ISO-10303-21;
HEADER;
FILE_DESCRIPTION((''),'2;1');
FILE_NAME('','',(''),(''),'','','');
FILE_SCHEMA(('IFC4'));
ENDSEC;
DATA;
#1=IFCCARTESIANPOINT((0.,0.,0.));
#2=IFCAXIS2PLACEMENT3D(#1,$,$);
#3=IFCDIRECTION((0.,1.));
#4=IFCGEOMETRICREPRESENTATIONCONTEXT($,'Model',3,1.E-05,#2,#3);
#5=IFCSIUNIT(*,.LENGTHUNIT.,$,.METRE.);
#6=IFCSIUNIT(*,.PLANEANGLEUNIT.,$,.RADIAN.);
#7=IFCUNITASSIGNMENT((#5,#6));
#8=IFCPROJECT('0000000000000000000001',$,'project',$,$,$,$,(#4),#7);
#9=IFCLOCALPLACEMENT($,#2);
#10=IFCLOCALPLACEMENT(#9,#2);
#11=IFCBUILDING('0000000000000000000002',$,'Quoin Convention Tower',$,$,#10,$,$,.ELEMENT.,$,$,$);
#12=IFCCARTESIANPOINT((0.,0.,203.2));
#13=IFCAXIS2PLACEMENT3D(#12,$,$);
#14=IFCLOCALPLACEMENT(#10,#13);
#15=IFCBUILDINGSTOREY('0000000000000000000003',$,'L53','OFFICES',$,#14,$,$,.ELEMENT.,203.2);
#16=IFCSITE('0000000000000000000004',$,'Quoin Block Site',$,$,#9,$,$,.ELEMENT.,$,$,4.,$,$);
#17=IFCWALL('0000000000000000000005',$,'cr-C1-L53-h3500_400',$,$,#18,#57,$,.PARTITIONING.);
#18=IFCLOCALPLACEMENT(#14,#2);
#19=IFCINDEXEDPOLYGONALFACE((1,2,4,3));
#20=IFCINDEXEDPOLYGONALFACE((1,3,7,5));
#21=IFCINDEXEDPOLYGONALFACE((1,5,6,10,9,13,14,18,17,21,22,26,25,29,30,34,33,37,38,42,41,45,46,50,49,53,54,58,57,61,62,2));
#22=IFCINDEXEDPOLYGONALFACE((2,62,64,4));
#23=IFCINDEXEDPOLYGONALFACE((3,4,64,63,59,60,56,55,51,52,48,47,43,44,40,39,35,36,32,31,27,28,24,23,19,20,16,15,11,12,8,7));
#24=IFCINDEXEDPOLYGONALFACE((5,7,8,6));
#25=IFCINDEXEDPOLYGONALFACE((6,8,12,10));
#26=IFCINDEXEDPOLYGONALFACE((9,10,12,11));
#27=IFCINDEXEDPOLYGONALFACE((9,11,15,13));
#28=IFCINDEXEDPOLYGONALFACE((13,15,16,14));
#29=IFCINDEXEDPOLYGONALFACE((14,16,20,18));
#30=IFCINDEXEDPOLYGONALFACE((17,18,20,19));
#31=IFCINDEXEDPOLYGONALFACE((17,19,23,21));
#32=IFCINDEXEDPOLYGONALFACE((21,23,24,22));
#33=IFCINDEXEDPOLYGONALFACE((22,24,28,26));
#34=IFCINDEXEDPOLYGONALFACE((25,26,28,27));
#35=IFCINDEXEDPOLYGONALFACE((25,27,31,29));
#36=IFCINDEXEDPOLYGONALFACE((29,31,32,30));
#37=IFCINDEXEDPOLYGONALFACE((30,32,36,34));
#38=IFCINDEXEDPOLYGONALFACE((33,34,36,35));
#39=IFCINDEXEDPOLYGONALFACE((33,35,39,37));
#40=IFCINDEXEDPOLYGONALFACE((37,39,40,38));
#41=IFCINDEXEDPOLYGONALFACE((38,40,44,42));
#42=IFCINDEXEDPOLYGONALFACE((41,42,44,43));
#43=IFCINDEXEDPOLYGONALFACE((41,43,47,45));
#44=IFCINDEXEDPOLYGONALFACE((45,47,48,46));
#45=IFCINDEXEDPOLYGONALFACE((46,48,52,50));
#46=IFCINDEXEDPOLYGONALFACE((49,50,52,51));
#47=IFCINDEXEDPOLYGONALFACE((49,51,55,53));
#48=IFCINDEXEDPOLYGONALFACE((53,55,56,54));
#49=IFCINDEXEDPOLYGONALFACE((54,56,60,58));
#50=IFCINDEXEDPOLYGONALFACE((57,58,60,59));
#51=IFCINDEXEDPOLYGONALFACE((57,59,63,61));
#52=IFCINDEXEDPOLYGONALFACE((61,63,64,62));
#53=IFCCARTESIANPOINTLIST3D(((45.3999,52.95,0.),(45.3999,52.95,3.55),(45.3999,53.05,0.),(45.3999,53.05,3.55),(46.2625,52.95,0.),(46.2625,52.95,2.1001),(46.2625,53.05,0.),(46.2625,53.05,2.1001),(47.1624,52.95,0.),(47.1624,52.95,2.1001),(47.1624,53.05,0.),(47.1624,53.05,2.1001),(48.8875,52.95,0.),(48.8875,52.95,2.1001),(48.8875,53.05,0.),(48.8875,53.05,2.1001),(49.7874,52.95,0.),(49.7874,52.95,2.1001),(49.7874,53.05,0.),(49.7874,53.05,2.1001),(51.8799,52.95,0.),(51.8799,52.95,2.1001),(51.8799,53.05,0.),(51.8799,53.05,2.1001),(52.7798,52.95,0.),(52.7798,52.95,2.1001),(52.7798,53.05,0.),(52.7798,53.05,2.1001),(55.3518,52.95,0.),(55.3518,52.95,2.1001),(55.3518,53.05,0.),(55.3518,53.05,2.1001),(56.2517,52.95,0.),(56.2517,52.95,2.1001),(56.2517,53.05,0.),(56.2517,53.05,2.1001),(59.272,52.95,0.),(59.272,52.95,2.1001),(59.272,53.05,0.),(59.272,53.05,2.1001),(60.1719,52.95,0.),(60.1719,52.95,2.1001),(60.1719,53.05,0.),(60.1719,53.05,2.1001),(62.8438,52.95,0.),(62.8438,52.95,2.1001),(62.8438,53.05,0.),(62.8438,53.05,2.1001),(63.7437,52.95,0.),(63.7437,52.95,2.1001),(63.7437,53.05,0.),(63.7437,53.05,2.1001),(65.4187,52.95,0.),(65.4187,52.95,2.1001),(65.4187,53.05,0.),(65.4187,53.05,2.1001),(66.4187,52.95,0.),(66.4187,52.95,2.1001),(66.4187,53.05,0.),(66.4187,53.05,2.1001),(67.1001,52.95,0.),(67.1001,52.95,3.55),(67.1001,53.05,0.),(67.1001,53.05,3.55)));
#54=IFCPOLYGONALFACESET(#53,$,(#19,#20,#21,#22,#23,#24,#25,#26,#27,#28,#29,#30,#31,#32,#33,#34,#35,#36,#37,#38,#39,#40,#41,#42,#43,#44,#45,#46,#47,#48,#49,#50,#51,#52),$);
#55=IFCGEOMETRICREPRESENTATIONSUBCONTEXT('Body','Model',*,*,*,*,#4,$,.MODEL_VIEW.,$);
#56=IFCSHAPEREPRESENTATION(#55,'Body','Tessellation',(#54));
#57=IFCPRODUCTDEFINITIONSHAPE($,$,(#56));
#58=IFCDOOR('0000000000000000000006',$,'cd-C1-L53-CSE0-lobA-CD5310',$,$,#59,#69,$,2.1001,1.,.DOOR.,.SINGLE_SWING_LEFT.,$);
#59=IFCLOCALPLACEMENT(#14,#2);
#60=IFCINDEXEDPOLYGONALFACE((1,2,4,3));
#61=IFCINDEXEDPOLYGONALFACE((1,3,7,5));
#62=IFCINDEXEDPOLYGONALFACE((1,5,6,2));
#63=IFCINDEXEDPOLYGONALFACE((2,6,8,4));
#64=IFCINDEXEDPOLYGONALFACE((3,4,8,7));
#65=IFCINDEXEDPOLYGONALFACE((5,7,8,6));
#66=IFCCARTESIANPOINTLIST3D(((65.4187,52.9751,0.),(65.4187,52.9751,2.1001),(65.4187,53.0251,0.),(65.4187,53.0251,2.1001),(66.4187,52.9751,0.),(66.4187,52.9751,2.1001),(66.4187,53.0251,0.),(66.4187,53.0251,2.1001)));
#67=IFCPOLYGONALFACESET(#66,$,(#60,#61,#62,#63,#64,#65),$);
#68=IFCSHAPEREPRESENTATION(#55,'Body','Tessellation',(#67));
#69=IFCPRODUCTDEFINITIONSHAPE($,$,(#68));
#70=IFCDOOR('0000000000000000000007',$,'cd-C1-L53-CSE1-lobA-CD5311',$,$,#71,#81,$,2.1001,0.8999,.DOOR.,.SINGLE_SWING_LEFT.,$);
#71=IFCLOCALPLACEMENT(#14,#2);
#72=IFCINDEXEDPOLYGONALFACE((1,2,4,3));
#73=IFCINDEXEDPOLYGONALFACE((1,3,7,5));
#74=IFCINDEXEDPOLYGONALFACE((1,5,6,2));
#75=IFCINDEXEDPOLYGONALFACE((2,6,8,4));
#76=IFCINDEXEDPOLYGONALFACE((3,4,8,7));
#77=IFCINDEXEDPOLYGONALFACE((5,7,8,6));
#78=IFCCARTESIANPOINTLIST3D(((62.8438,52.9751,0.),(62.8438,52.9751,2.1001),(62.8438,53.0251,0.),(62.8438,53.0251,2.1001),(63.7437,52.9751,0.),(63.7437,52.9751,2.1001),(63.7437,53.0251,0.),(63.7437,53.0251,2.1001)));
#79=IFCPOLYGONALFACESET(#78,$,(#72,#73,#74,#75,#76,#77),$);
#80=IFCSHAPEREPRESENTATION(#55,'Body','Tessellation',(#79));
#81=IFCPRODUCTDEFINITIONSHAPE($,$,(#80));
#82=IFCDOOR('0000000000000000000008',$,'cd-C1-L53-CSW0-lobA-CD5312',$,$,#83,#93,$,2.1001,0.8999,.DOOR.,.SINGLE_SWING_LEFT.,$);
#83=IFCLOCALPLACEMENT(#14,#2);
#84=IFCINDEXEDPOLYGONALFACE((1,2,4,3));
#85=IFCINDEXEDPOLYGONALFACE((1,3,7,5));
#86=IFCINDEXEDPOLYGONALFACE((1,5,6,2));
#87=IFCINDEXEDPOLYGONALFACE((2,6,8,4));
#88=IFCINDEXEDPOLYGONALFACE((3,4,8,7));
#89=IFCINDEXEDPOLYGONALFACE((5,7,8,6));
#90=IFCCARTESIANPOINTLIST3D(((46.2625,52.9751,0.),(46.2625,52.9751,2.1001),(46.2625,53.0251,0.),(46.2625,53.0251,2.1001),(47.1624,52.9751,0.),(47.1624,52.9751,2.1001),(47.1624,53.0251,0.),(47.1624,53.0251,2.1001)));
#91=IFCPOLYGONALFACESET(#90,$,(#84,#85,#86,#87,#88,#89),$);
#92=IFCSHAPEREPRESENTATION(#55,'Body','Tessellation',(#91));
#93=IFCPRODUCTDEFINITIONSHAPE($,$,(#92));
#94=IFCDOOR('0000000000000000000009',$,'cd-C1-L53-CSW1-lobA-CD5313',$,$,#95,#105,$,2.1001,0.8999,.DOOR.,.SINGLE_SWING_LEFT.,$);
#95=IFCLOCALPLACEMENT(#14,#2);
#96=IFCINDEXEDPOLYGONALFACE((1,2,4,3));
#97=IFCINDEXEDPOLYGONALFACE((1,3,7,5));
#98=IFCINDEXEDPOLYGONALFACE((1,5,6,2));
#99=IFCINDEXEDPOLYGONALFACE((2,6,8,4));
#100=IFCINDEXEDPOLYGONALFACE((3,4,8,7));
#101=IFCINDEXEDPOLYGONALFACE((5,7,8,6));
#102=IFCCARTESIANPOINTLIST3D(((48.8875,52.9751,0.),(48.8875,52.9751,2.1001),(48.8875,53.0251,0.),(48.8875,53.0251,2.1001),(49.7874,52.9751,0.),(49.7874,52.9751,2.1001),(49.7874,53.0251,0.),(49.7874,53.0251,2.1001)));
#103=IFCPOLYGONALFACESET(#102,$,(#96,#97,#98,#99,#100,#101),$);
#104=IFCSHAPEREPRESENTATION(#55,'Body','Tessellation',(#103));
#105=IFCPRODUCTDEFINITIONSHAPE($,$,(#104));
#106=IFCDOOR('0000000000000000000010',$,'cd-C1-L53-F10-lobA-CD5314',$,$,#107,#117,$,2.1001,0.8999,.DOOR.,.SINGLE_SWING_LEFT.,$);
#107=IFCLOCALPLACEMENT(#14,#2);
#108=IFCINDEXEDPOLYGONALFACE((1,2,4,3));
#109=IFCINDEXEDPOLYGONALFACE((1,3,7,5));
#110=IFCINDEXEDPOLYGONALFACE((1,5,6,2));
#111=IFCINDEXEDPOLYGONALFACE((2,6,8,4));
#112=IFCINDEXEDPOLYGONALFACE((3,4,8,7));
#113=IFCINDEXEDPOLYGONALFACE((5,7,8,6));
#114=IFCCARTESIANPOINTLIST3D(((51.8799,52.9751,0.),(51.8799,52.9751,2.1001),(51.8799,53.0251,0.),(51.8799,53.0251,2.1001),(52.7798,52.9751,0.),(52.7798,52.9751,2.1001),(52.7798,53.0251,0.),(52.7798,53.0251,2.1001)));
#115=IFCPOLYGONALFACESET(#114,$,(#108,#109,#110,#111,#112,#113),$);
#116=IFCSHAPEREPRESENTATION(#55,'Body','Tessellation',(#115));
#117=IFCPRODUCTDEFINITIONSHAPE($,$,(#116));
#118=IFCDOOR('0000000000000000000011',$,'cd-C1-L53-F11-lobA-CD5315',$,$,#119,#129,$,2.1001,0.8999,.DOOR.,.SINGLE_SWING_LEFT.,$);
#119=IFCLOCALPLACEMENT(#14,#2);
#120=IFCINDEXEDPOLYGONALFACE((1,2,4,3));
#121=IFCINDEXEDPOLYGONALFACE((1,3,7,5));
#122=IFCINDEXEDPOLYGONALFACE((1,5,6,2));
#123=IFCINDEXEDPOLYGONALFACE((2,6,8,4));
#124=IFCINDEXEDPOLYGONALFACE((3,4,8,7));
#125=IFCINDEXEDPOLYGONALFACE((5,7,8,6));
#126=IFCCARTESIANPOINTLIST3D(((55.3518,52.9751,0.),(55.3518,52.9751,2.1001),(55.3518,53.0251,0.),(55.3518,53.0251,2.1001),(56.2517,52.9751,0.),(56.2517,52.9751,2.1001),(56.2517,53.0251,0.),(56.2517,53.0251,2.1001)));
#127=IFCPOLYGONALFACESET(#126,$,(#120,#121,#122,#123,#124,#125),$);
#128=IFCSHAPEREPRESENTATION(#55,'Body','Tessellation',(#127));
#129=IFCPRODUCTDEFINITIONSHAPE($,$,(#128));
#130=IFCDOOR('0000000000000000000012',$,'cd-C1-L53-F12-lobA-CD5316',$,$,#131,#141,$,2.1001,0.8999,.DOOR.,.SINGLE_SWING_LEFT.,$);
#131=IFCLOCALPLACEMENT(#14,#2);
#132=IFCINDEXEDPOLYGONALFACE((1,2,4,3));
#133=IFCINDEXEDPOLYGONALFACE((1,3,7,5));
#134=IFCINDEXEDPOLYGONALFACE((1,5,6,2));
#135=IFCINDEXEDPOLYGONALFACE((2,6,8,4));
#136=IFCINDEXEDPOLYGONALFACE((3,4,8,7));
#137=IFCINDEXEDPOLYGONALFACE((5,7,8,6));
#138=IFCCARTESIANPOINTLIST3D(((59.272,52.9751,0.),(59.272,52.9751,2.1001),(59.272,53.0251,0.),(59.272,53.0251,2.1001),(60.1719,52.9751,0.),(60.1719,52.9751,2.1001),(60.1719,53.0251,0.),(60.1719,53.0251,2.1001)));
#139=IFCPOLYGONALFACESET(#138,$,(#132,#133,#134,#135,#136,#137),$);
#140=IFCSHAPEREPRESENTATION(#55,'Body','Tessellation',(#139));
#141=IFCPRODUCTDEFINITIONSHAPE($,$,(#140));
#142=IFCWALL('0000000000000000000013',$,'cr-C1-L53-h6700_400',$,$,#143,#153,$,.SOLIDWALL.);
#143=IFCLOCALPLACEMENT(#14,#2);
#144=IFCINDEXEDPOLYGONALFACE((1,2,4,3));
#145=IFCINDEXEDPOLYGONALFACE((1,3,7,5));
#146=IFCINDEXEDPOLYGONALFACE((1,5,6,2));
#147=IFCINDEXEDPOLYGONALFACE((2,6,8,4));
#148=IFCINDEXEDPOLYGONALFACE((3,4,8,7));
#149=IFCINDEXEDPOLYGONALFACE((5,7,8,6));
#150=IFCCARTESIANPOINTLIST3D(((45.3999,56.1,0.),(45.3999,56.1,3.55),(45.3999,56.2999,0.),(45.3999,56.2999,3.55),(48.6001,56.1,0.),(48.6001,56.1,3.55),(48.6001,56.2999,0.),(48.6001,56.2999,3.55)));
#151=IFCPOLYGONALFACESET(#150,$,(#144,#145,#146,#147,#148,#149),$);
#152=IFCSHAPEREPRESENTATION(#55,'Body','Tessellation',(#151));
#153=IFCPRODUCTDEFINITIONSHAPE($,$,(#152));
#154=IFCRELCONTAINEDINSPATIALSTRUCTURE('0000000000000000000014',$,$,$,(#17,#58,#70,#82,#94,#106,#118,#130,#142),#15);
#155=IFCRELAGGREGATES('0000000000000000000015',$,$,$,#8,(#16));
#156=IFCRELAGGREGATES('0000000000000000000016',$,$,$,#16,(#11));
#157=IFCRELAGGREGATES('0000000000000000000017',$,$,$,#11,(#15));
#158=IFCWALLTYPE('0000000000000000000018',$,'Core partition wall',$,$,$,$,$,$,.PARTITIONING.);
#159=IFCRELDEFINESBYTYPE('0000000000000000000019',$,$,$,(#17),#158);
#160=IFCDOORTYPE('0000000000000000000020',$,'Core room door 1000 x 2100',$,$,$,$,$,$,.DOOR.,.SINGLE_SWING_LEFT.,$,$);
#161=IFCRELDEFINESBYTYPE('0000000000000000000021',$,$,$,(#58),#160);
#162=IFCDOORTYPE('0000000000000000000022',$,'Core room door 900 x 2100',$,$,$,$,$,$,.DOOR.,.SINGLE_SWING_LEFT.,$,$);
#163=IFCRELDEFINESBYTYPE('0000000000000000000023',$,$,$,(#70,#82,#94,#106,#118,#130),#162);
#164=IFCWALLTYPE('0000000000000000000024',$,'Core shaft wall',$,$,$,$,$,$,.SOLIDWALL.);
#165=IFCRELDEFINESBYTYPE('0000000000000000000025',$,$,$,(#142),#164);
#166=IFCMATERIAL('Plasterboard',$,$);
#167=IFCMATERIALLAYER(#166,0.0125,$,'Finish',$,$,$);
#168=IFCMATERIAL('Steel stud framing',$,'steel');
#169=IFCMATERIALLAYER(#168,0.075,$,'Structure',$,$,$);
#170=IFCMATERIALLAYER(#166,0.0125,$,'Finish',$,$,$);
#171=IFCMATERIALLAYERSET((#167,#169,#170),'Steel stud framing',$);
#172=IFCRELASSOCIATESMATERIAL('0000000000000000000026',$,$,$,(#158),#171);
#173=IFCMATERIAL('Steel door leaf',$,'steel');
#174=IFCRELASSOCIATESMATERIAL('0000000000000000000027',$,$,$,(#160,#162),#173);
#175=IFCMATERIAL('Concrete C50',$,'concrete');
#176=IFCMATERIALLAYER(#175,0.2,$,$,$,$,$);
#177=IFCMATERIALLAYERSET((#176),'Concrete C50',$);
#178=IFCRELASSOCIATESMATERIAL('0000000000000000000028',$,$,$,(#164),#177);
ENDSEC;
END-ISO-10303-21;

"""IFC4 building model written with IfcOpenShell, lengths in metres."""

from ifc_helpers import new_model, si_unit, direction, frame, frame_2d, origin, place, context, subcontext, project, spatial, rectangle, extrude, material, layer, layer_set, type_object, element, fill, save


model = new_model("IFC4")

# Units and contexts
model_context = context("Model", 3, precision=1e-05, world=origin(), true_north=direction((0.0, 1.0)))
body_context = subcontext(model_context, "Body", "Model", "MODEL_VIEW")
ifc_project = project(units=[si_unit("LENGTHUNIT", "METRE"), si_unit("PLANEANGLEUNIT", "RADIAN")], contexts=[model_context])

# Site, building, storey
site_placement = place(None, origin())
site = spatial("IfcSite", under=ifc_project, at=site_placement, Name="Quoin Block Site", CompositionType="ELEMENT", RefElevation=4.0)
building_placement = place(site_placement, origin())
building = spatial("IfcBuilding", under=site, at=building_placement, Name="Quoin Convention Tower", CompositionType="ELEMENT")
storey_placement = place(building_placement, frame((0.0, 0.0, 203.2)))
storey = spatial("IfcBuildingStorey", under=building, at=storey_placement, Name="L53", Description="OFFICES", CompositionType="ELEMENT", Elevation=203.2)

# Wall, openings, doors
ifc_material_1 = material(Name="Plasterboard")
ifc_layer_1 = layer(ifc_material_1, 0.0125, Name="Finish")
ifc_material_2 = material(Name="Steel stud framing", Category="steel")
ifc_layer_2 = layer(ifc_material_2, 0.075, Name="Structure")
ifc_layer_3 = layer(ifc_material_1, 0.0125, Name="Finish")
ifc_layer_set_1 = layer_set([ifc_layer_1, ifc_layer_2, ifc_layer_3], Name="Steel stud framing")
wall_type_1 = type_object("IfcWallType", Name="Core partition wall", PredefinedType="PARTITIONING", material=ifc_layer_set_1)
wall_1_placement = place(storey_placement, frame((45.3999, 53.0, 0.0), z_axis=(0.0, 0.0, 1.0), x_axis=(1.0, 0.0, 0.0)))
wall_1 = element("IfcWall", 1, at=wall_1_placement, inside=storey, type_object=wall_type_1, Name="cr-C1-L53-h3500_400", PredefinedType="PARTITIONING", context=body_context, shape_type="SweptSolid", body=[
    extrude(rectangle(XDim=21.7002, YDim=0.1001, at=frame_2d((10.8501, 0.0))), origin(), (0.0, 0.0, 1.0), 3.55),
])
opening_1_placement = place(wall_1_placement, frame((20.0188, 0.0, 0.0)))
opening_1 = element("IfcOpeningElement", 2, at=opening_1_placement, cuts=wall_1, PredefinedType="OPENING", context=body_context, shape_type="SweptSolid", body=[
    extrude(rectangle(XDim=1.0, YDim=2.1001, at=frame_2d((0.5, 1.05))), frame((0.0, 0.0601, 0.0), z_axis=(0.0, -1.0, 0.0), x_axis=(1.0, 0.0, 0.0)), (0.0, 0.0, 1.0), 0.1201),
])
opening_2_placement = place(wall_1_placement, frame((17.4438, 0.0, 0.0)))
opening_2 = element("IfcOpeningElement", 3, at=opening_2_placement, cuts=wall_1, PredefinedType="OPENING", context=body_context, shape_type="SweptSolid", body=[
    extrude(rectangle(XDim=0.8999, YDim=2.1001, at=frame_2d((0.45, 1.05))), frame((0.0, 0.0601, 0.0), z_axis=(0.0, -1.0, 0.0), x_axis=(1.0, 0.0, 0.0)), (0.0, 0.0, 1.0), 0.1201),
])
opening_3_placement = place(wall_1_placement, frame((0.8625, 0.0, 0.0)))
opening_3 = element("IfcOpeningElement", 4, at=opening_3_placement, cuts=wall_1, PredefinedType="OPENING", context=body_context, shape_type="SweptSolid", body=[
    extrude(rectangle(XDim=0.8999, YDim=2.1001, at=frame_2d((0.45, 1.05))), frame((0.0, 0.0601, 0.0), z_axis=(0.0, -1.0, 0.0), x_axis=(1.0, 0.0, 0.0)), (0.0, 0.0, 1.0), 0.1201),
])
opening_4_placement = place(wall_1_placement, frame((3.4875, 0.0, 0.0)))
opening_4 = element("IfcOpeningElement", 5, at=opening_4_placement, cuts=wall_1, PredefinedType="OPENING", context=body_context, shape_type="SweptSolid", body=[
    extrude(rectangle(XDim=0.8999, YDim=2.1001, at=frame_2d((0.45, 1.05))), frame((0.0, 0.0601, 0.0), z_axis=(0.0, -1.0, 0.0), x_axis=(1.0, 0.0, 0.0)), (0.0, 0.0, 1.0), 0.1201),
])
opening_5_placement = place(wall_1_placement, frame((6.48, 0.0, 0.0)))
opening_5 = element("IfcOpeningElement", 6, at=opening_5_placement, cuts=wall_1, PredefinedType="OPENING", context=body_context, shape_type="SweptSolid", body=[
    extrude(rectangle(XDim=0.8999, YDim=2.1001, at=frame_2d((0.45, 1.05))), frame((0.0, 0.0601, 0.0), z_axis=(0.0, -1.0, 0.0), x_axis=(1.0, 0.0, 0.0)), (0.0, 0.0, 1.0), 0.1201),
])
opening_6_placement = place(wall_1_placement, frame((9.9519, 0.0, 0.0)))
opening_6 = element("IfcOpeningElement", 7, at=opening_6_placement, cuts=wall_1, PredefinedType="OPENING", context=body_context, shape_type="SweptSolid", body=[
    extrude(rectangle(XDim=0.8999, YDim=2.1001, at=frame_2d((0.45, 1.05))), frame((0.0, 0.0601, 0.0), z_axis=(0.0, -1.0, 0.0), x_axis=(1.0, 0.0, 0.0)), (0.0, 0.0, 1.0), 0.1201),
])
opening_7_placement = place(wall_1_placement, frame((13.8721, 0.0, 0.0)))
opening_7 = element("IfcOpeningElement", 8, at=opening_7_placement, cuts=wall_1, PredefinedType="OPENING", context=body_context, shape_type="SweptSolid", body=[
    extrude(rectangle(XDim=0.8999, YDim=2.1001, at=frame_2d((0.45, 1.05))), frame((0.0, 0.0601, 0.0), z_axis=(0.0, -1.0, 0.0), x_axis=(1.0, 0.0, 0.0)), (0.0, 0.0, 1.0), 0.1201),
])
ifc_material_3 = material(Name="Steel door leaf", Category="steel")
door_type_1 = type_object("IfcDoorType", Name="Core room door 1000 x 2100", OperationType="SINGLE_SWING_LEFT", PredefinedType="DOOR", material=ifc_material_3)
door_1_placement = place(opening_1_placement, frame((1.0, 0.0, 0.0), z_axis=(0.0, 0.0, 1.0), x_axis=(-1.0, 0.0, 0.0)))
door_1 = element("IfcDoor", 9, at=door_1_placement, inside=storey, type_object=door_type_1, Name="cd-C1-L53-CSE0-lobA-CD5310", OperationType="SINGLE_SWING_LEFT", OverallHeight=2.1001, OverallWidth=1.0, PredefinedType="DOOR", context=body_context, shape_type="SweptSolid", body=[
    extrude(rectangle(XDim=1.0, YDim=2.1001, at=frame_2d((0.5, 1.05))), frame((0.0, 0.0249, 0.0), z_axis=(0.0, -1.0, 0.0), x_axis=(1.0, 0.0, 0.0)), (0.0, 0.0, 1.0), 0.05),
])
fill(opening_1, door_1)
door_type_2 = type_object("IfcDoorType", Name="Core room door 900 x 2100", OperationType="SINGLE_SWING_LEFT", PredefinedType="DOOR", material=ifc_material_3)
door_2_placement = place(opening_2_placement, frame((0.8999, 0.0, 0.0), z_axis=(0.0, 0.0, 1.0), x_axis=(-1.0, 0.0, 0.0)))
door_2 = element("IfcDoor", 10, at=door_2_placement, inside=storey, type_object=door_type_2, Name="cd-C1-L53-CSE1-lobA-CD5311", OperationType="SINGLE_SWING_LEFT", OverallHeight=2.1001, OverallWidth=0.8999, PredefinedType="DOOR", context=body_context, shape_type="SweptSolid", body=[
    extrude(rectangle(XDim=0.8999, YDim=2.1001, at=frame_2d((0.45, 1.05))), frame((0.0, 0.0249, 0.0), z_axis=(0.0, -1.0, 0.0), x_axis=(1.0, 0.0, 0.0)), (0.0, 0.0, 1.0), 0.05),
])
fill(opening_2, door_2)
door_3_placement = place(opening_3_placement, frame((0.8999, 0.0, 0.0), z_axis=(0.0, 0.0, 1.0), x_axis=(-1.0, 0.0, 0.0)))
door_3 = element("IfcDoor", 11, at=door_3_placement, inside=storey, type_object=door_type_2, Name="cd-C1-L53-CSW0-lobA-CD5312", OperationType="SINGLE_SWING_LEFT", OverallHeight=2.1001, OverallWidth=0.8999, PredefinedType="DOOR", context=body_context, shape_type="SweptSolid", body=[
    extrude(rectangle(XDim=0.8999, YDim=2.1001, at=frame_2d((0.45, 1.05))), frame((0.0, 0.0249, 0.0), z_axis=(0.0, -1.0, 0.0), x_axis=(1.0, 0.0, 0.0)), (0.0, 0.0, 1.0), 0.05),
])
fill(opening_3, door_3)
door_4_placement = place(opening_4_placement, frame((0.8999, 0.0, 0.0), z_axis=(0.0, 0.0, 1.0), x_axis=(-1.0, 0.0, 0.0)))
door_4 = element("IfcDoor", 12, at=door_4_placement, inside=storey, type_object=door_type_2, Name="cd-C1-L53-CSW1-lobA-CD5313", OperationType="SINGLE_SWING_LEFT", OverallHeight=2.1001, OverallWidth=0.8999, PredefinedType="DOOR", context=body_context, shape_type="SweptSolid", body=[
    extrude(rectangle(XDim=0.8999, YDim=2.1001, at=frame_2d((0.45, 1.05))), frame((0.0, 0.0249, 0.0), z_axis=(0.0, -1.0, 0.0), x_axis=(1.0, 0.0, 0.0)), (0.0, 0.0, 1.0), 0.05),
])
fill(opening_4, door_4)
door_5_placement = place(opening_5_placement, frame((0.8999, 0.0, 0.0), z_axis=(0.0, 0.0, 1.0), x_axis=(-1.0, 0.0, 0.0)))
door_5 = element("IfcDoor", 13, at=door_5_placement, inside=storey, type_object=door_type_2, Name="cd-C1-L53-F10-lobA-CD5314", OperationType="SINGLE_SWING_LEFT", OverallHeight=2.1001, OverallWidth=0.8999, PredefinedType="DOOR", context=body_context, shape_type="SweptSolid", body=[
    extrude(rectangle(XDim=0.8999, YDim=2.1001, at=frame_2d((0.45, 1.05))), frame((0.0, 0.0249, 0.0), z_axis=(0.0, -1.0, 0.0), x_axis=(1.0, 0.0, 0.0)), (0.0, 0.0, 1.0), 0.05),
])
fill(opening_5, door_5)
door_6_placement = place(opening_6_placement, frame((0.8999, 0.0, 0.0), z_axis=(0.0, 0.0, 1.0), x_axis=(-1.0, 0.0, 0.0)))
door_6 = element("IfcDoor", 14, at=door_6_placement, inside=storey, type_object=door_type_2, Name="cd-C1-L53-F11-lobA-CD5315", OperationType="SINGLE_SWING_LEFT", OverallHeight=2.1001, OverallWidth=0.8999, PredefinedType="DOOR", context=body_context, shape_type="SweptSolid", body=[
    extrude(rectangle(XDim=0.8999, YDim=2.1001, at=frame_2d((0.45, 1.05))), frame((0.0, 0.0249, 0.0), z_axis=(0.0, -1.0, 0.0), x_axis=(1.0, 0.0, 0.0)), (0.0, 0.0, 1.0), 0.05),
])
fill(opening_6, door_6)
door_7_placement = place(opening_7_placement, frame((0.8999, 0.0, 0.0), z_axis=(0.0, 0.0, 1.0), x_axis=(-1.0, 0.0, 0.0)))
door_7 = element("IfcDoor", 15, at=door_7_placement, inside=storey, type_object=door_type_2, Name="cd-C1-L53-F12-lobA-CD5316", OperationType="SINGLE_SWING_LEFT", OverallHeight=2.1001, OverallWidth=0.8999, PredefinedType="DOOR", context=body_context, shape_type="SweptSolid", body=[
    extrude(rectangle(XDim=0.8999, YDim=2.1001, at=frame_2d((0.45, 1.05))), frame((0.0, 0.0249, 0.0), z_axis=(0.0, -1.0, 0.0), x_axis=(1.0, 0.0, 0.0)), (0.0, 0.0, 1.0), 0.05),
])
fill(opening_7, door_7)

# Wall
ifc_material_4 = material(Name="Concrete C50", Category="concrete")
ifc_layer_4 = layer(ifc_material_4, 0.2)
ifc_layer_set_2 = layer_set([ifc_layer_4], Name="Concrete C50")
wall_type_2 = type_object("IfcWallType", Name="Core shaft wall", PredefinedType="SOLIDWALL", material=ifc_layer_set_2)
wall_2_placement = place(storey_placement, frame((45.3999, 56.2, 0.0), z_axis=(0.0, 0.0, 1.0), x_axis=(1.0, 0.0, 0.0)))
element("IfcWall", 16, at=wall_2_placement, inside=storey, type_object=wall_type_2, Name="cr-C1-L53-h6700_400", PredefinedType="SOLIDWALL", context=body_context, shape_type="SweptSolid", body=[
    extrude(rectangle(XDim=3.2002, YDim=0.2, at=frame_2d((1.6001, 0.0))), origin(), (0.0, 0.0, 1.0), 3.55),
])

save(model, "model.ifc")
